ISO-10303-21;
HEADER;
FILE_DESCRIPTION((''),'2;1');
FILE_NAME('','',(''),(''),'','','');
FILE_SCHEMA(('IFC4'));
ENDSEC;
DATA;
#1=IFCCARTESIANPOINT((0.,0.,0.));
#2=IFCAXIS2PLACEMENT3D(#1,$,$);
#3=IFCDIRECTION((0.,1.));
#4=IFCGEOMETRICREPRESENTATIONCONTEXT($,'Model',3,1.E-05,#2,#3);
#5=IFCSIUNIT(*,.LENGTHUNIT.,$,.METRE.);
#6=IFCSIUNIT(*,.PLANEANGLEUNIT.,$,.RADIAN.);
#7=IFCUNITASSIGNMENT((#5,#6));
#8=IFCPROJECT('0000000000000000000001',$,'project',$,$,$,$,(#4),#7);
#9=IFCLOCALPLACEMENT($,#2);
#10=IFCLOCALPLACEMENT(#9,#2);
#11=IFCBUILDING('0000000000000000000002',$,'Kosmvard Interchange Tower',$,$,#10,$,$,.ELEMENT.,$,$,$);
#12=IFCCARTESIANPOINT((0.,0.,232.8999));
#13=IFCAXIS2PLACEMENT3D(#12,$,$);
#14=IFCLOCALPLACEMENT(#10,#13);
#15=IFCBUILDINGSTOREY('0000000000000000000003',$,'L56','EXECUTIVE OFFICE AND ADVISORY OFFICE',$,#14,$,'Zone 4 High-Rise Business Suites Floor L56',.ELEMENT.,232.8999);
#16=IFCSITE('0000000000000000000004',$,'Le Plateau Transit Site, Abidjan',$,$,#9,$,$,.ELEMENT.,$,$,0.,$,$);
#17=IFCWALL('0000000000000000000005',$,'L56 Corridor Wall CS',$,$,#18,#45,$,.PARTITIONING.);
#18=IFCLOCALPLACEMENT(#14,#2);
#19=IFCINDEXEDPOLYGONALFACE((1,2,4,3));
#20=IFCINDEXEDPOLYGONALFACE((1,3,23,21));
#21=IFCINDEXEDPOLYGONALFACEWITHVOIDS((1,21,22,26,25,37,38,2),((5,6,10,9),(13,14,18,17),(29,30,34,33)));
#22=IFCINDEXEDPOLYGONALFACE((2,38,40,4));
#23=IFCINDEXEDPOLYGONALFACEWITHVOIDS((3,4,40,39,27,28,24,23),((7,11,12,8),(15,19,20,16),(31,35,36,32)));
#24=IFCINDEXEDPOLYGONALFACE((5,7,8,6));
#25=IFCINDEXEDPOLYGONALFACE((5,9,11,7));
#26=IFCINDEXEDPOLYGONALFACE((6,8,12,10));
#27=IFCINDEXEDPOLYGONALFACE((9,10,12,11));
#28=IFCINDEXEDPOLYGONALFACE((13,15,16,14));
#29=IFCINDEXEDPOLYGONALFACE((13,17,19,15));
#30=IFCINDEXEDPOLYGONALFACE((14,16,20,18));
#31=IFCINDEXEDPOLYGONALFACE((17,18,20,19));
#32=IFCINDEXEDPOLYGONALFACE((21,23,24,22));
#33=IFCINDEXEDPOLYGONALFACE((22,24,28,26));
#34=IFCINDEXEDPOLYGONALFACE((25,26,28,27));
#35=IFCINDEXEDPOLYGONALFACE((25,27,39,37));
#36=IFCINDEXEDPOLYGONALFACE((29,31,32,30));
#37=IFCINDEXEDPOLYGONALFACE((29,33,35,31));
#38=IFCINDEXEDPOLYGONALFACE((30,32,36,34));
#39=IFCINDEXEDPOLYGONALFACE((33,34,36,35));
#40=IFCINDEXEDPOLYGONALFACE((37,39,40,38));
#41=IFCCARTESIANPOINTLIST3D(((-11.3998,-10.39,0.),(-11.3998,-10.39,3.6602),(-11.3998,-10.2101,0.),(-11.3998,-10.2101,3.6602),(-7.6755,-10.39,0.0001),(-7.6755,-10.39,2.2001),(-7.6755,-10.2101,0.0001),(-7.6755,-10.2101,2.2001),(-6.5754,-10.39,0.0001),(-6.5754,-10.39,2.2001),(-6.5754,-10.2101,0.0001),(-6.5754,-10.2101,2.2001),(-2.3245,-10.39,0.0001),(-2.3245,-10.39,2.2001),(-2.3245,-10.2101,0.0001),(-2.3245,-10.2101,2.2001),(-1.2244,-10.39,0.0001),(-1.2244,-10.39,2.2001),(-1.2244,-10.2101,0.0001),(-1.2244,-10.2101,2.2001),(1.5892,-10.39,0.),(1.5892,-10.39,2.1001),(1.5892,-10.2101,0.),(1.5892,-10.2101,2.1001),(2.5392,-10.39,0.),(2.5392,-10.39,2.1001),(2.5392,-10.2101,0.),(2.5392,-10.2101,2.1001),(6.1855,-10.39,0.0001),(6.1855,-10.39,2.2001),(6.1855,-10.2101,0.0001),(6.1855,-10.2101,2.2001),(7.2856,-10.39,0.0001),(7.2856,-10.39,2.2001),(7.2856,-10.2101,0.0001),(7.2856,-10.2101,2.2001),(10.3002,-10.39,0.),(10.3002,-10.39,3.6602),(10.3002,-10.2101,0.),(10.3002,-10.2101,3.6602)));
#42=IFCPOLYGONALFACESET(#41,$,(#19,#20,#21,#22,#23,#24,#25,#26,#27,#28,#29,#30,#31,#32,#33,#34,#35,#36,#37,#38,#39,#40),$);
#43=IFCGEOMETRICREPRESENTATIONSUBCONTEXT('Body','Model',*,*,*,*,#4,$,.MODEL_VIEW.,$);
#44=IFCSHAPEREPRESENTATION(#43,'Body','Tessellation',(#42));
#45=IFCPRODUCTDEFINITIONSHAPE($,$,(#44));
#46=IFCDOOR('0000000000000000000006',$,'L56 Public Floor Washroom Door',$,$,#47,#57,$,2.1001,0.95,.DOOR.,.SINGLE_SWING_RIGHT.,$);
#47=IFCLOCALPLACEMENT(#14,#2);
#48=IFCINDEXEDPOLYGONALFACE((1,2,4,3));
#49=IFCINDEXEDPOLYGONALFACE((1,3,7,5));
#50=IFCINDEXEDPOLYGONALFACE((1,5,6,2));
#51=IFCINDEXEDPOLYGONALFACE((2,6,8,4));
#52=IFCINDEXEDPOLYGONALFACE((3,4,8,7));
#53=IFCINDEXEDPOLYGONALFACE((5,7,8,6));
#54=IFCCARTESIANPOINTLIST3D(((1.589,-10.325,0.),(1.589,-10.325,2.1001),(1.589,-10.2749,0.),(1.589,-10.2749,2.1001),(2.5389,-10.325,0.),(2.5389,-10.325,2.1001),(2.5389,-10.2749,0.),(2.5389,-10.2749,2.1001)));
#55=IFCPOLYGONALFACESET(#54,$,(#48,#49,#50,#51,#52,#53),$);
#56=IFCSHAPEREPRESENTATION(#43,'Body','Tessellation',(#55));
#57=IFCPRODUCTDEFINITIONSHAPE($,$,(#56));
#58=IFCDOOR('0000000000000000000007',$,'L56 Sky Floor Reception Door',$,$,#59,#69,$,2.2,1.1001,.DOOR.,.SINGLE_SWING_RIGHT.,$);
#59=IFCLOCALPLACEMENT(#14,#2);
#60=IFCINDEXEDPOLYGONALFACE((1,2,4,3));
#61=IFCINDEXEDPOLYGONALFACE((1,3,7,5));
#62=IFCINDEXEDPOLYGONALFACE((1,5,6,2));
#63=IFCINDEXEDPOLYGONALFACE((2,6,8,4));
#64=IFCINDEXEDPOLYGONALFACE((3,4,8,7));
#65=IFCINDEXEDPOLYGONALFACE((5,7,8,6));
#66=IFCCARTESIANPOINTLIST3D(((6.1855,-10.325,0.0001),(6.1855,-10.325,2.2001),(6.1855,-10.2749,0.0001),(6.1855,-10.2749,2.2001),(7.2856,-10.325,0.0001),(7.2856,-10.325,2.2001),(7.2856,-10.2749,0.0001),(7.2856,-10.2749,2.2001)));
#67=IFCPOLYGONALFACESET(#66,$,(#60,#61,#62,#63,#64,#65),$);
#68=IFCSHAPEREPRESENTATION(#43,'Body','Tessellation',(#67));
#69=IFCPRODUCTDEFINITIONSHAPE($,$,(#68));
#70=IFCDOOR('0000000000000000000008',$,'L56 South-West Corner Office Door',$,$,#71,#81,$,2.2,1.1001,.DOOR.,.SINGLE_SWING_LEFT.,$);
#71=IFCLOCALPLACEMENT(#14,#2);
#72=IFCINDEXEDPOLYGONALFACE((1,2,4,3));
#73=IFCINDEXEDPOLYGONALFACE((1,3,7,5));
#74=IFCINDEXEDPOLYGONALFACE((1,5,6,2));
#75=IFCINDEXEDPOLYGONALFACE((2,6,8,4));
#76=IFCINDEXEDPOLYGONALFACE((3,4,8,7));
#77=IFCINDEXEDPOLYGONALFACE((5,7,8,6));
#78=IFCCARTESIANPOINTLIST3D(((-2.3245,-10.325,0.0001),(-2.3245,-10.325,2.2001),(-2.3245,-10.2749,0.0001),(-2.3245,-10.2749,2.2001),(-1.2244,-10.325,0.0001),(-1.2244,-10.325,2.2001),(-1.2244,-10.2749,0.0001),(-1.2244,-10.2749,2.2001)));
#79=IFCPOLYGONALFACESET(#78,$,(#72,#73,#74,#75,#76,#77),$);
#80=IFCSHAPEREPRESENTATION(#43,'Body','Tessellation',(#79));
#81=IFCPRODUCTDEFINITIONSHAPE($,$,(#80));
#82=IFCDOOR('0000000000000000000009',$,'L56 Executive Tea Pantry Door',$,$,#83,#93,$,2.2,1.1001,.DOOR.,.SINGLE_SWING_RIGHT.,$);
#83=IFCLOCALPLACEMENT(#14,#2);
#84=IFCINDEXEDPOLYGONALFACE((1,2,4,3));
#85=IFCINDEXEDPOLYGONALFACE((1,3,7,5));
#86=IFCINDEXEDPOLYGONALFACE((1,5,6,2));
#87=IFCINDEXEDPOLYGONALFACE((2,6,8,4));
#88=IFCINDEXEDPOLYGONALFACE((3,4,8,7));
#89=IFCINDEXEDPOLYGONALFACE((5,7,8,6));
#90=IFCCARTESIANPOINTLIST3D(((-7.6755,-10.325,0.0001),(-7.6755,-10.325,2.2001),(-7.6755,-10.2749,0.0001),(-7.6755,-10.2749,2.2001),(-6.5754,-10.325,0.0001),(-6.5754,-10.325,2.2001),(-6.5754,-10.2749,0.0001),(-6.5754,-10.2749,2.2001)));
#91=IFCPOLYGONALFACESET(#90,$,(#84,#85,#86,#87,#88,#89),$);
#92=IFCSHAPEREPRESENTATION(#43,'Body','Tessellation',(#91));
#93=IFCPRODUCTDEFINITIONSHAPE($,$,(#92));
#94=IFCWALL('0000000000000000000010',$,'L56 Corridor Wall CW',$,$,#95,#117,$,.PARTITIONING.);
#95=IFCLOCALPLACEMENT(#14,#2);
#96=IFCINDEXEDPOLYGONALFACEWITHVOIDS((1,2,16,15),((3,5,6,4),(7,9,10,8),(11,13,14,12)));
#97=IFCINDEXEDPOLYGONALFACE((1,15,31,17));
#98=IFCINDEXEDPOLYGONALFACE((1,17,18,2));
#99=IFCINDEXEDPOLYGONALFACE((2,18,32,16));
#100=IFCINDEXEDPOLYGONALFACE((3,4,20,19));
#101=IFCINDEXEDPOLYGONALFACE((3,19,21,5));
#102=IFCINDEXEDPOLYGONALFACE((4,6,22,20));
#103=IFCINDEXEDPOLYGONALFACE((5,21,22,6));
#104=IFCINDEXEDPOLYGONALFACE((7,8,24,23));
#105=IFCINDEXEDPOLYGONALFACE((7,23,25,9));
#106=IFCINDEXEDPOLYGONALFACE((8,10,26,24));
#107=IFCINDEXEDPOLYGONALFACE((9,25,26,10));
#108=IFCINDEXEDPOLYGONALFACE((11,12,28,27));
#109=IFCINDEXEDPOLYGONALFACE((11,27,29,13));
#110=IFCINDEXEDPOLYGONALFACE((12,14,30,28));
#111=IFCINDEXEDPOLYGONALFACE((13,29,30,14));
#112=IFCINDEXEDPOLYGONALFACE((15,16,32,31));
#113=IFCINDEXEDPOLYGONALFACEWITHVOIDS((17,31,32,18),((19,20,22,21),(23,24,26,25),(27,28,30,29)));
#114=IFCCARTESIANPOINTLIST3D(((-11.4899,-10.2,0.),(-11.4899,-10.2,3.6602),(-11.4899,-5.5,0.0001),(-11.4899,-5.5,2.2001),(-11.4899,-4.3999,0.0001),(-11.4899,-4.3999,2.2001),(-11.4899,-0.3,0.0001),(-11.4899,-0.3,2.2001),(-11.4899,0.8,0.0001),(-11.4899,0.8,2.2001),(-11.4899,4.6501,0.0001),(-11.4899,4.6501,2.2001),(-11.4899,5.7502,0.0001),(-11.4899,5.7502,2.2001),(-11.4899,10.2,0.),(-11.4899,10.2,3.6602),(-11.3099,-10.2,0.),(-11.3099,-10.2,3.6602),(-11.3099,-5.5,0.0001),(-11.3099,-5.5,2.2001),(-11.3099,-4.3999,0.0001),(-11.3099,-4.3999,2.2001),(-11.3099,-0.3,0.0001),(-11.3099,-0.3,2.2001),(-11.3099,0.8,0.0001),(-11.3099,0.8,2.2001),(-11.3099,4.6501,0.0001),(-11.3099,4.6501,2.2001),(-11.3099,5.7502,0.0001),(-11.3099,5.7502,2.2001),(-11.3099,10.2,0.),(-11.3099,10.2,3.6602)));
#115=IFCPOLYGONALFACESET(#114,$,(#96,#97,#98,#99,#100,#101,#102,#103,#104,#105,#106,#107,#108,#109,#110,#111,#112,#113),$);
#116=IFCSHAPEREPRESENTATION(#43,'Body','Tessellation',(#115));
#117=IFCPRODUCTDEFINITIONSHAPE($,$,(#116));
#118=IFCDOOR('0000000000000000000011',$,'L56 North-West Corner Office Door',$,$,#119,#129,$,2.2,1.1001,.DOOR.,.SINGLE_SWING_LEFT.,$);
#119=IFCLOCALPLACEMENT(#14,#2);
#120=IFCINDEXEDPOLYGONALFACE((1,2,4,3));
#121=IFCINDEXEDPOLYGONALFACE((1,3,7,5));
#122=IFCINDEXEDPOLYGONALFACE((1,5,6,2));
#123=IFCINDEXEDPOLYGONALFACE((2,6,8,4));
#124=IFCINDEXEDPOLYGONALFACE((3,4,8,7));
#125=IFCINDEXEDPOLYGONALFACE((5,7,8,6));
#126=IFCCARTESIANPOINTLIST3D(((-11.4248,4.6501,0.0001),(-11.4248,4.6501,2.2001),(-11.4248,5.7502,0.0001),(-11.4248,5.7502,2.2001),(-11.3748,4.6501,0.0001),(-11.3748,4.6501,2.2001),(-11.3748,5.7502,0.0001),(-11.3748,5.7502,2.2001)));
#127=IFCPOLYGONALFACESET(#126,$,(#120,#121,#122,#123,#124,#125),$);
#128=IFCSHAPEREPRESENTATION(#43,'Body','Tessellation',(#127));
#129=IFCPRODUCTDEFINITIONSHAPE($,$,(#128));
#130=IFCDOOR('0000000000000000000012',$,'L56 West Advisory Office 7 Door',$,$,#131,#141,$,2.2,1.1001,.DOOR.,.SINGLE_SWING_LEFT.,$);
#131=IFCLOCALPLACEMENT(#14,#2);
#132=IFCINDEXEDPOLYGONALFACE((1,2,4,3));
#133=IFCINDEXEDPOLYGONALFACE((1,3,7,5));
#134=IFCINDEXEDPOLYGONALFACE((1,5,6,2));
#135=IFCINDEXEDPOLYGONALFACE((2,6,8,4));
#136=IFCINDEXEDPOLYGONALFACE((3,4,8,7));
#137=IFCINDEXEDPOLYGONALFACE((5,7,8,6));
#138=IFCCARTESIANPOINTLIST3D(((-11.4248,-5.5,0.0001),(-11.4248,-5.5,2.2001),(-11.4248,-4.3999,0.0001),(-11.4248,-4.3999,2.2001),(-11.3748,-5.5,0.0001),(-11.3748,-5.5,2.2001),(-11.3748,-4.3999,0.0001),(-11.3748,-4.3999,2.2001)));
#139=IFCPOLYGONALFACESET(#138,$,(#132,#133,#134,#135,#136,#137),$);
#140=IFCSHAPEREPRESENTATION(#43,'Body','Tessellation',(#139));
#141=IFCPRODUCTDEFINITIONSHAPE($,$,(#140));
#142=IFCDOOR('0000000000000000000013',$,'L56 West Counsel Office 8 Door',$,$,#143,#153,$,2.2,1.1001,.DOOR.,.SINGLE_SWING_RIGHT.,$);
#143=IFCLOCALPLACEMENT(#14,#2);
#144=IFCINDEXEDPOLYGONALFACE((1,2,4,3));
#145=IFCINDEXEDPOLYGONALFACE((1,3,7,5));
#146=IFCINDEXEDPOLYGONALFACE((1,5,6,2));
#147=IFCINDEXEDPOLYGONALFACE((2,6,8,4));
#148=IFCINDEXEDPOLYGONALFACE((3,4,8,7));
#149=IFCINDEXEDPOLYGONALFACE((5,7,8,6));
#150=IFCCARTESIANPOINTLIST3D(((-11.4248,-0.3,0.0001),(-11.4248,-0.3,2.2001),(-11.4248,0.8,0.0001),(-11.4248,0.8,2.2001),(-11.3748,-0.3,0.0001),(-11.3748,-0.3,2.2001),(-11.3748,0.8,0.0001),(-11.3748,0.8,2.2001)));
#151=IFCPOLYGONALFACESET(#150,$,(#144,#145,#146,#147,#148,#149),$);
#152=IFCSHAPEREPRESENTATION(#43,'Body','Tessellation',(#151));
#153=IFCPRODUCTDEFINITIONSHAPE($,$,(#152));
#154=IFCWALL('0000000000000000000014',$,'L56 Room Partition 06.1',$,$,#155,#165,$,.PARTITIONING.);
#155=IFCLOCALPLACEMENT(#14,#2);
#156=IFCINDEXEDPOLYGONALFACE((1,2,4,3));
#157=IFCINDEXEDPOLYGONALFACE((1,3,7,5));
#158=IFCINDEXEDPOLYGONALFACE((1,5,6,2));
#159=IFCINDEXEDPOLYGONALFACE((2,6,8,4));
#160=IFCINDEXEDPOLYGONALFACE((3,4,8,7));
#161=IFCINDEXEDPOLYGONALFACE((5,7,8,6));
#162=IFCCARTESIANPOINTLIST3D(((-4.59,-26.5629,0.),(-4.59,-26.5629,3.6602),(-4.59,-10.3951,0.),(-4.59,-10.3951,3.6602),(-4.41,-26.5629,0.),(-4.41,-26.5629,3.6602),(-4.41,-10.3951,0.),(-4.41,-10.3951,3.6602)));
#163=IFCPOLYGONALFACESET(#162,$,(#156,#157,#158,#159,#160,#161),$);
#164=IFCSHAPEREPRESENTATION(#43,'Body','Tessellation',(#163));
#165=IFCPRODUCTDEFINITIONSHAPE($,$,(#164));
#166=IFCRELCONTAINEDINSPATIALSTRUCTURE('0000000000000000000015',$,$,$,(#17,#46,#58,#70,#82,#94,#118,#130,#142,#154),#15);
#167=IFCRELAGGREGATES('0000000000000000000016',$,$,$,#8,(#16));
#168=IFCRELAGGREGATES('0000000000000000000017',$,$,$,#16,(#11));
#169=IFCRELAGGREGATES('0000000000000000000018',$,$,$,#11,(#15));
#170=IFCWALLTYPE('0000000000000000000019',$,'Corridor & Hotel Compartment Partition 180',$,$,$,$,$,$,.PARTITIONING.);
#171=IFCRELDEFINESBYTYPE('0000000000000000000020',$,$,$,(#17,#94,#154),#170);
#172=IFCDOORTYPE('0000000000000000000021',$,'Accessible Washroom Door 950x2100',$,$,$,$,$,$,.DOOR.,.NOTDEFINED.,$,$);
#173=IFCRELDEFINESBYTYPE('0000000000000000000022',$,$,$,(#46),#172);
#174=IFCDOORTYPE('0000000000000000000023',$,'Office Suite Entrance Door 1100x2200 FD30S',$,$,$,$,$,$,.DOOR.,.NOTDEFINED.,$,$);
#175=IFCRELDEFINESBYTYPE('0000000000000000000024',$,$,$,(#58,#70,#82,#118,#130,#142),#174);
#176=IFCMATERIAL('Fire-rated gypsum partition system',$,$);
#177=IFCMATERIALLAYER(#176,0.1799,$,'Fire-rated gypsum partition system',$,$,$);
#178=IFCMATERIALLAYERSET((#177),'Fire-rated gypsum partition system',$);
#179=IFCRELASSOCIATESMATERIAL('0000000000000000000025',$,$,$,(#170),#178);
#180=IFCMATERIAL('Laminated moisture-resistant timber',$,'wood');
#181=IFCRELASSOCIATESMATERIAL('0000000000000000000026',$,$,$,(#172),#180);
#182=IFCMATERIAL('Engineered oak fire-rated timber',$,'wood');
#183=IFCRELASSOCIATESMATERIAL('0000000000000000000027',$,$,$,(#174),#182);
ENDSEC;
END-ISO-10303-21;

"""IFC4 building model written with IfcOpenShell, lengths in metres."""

from ifc_helpers import new_model, si_unit, direction, frame, frame_2d, origin, place, context, subcontext, project, spatial, rectangle, extrude, source, transform, mapped, material, layer, layer_set, type_object, element, fill, save


model = new_model("IFC4")

# Units and contexts
model_context = context("Model", 3, precision=1e-05, world=origin(), true_north=direction((0.0, 1.0)))
body_context = subcontext(model_context, "Body", "Model", "MODEL_VIEW")
ifc_project = project(units=[si_unit("LENGTHUNIT", "METRE"), si_unit("PLANEANGLEUNIT", "RADIAN")], contexts=[model_context])

# Site, building, storey
site_placement = place(None, origin())
site = spatial("IfcSite", under=ifc_project, at=site_placement, Name="Le Plateau Transit Site, Abidjan", CompositionType="ELEMENT", RefElevation=0.0)
building_placement = place(site_placement, origin())
building = spatial("IfcBuilding", under=site, at=building_placement, Name="Kosmvard Interchange Tower", CompositionType="ELEMENT")
storey_placement = place(building_placement, frame((0.0, 0.0, 232.8999)))
storey = spatial("IfcBuildingStorey", under=building, at=storey_placement, Name="L56", Description="EXECUTIVE OFFICE AND ADVISORY OFFICE", LongName="Zone 4 High-Rise Business Suites Floor L56", CompositionType="ELEMENT", Elevation=232.8999)

# Walls, openings, doors
ifc_material_1 = material(Name="Fire-rated gypsum partition system")
ifc_layer_1 = layer(ifc_material_1, 0.1799, Name="Fire-rated gypsum partition system")
ifc_layer_set_1 = layer_set([ifc_layer_1], Name="Fire-rated gypsum partition system")
wall_type_1 = type_object("IfcWallType", Name="Corridor & Hotel Compartment Partition 180", PredefinedType="PARTITIONING", material=ifc_layer_set_1)
wall_1_placement = place(storey_placement, frame((-11.3999, -10.3, 0.0), z_axis=(0.0, 0.0, 1.0), x_axis=(1.0, 0.0, 0.0)))
wall_1 = element("IfcWall", 1, at=wall_1_placement, inside=storey, type_object=wall_type_1, Name="L56 Corridor Wall CS", PredefinedType="PARTITIONING", context=body_context, shape_type="SweptSolid", body=[
    extrude(rectangle(XDim=21.7, YDim=0.1799, at=frame_2d((10.8501, 0.0))), origin(), (0.0, 0.0, 1.0), 3.6602),
])
opening_1_placement = place(wall_1_placement, frame((12.989, 0.0, 0.0)))
opening_1 = element("IfcOpeningElement", 2, at=opening_1_placement, cuts=wall_1, PredefinedType="OPENING", context=body_context, shape_type="SweptSolid", body=[
    extrude(rectangle(XDim=0.95, YDim=2.1001, at=frame_2d((0.4751, 1.05))), frame((0.0, 0.1001, 0.0), z_axis=(0.0, -1.0, 0.0), x_axis=(1.0, 0.0, 0.0)), (0.0, 0.0, 1.0), 0.2),
])
opening_2_placement = place(wall_1_placement, frame((17.5854, 0.0, 0.0)))
opening_2 = element("IfcOpeningElement", 3, at=opening_2_placement, cuts=wall_1, PredefinedType="OPENING", context=body_context, shape_type="SweptSolid", body=[
    extrude(rectangle(XDim=1.1001, YDim=2.2, at=frame_2d((0.55, 1.1001))), frame((0.0, 0.1001, 0.0), z_axis=(0.0, -1.0, 0.0), x_axis=(1.0, 0.0, 0.0)), (0.0, 0.0, 1.0), 0.2),
])
opening_3_placement = place(wall_1_placement, frame((9.0754, 0.0, 0.0)))
opening_3 = element("IfcOpeningElement", 4, at=opening_3_placement, cuts=wall_1, PredefinedType="OPENING", context=body_context, shape_type="SweptSolid", body=[
    extrude(rectangle(XDim=1.1001, YDim=2.2, at=frame_2d((0.55, 1.1001))), frame((0.0, 0.1001, 0.0), z_axis=(0.0, -1.0, 0.0), x_axis=(1.0, 0.0, 0.0)), (0.0, 0.0, 1.0), 0.2),
])
opening_4_placement = place(wall_1_placement, frame((3.7244, 0.0, 0.0)))
opening_4 = element("IfcOpeningElement", 5, at=opening_4_placement, cuts=wall_1, PredefinedType="OPENING", context=body_context, shape_type="SweptSolid", body=[
    extrude(rectangle(XDim=1.1001, YDim=2.2, at=frame_2d((0.55, 1.1001))), frame((0.0, 0.1001, 0.0), z_axis=(0.0, -1.0, 0.0), x_axis=(1.0, 0.0, 0.0)), (0.0, 0.0, 1.0), 0.2),
])
ifc_material_2 = material(Name="Laminated moisture-resistant timber", Category="wood")
door_type_1 = type_object("IfcDoorType", Name="Accessible Washroom Door 950x2100", OperationType="NOTDEFINED", PredefinedType="DOOR", material=ifc_material_2)
shared_shape_1 = source(origin(), body_context, "Body", "SweptSolid", [
    extrude(rectangle(XDim=0.95, YDim=2.1001, at=frame_2d((0.4751, 1.05))), frame((0.0, 0.0249, 0.0), z_axis=(0.0, -1.0, 0.0), x_axis=(1.0, 0.0, 0.0)), (0.0, 0.0, 1.0), 0.05),
])
door_1_placement = place(opening_1_placement, frame((0.95, 0.0, 0.0), z_axis=(0.0, 0.0, 1.0), x_axis=(-1.0, 0.0, 0.0)))
door_1 = element("IfcDoor", 6, at=door_1_placement, inside=storey, type_object=door_type_1, Name="L56 Public Floor Washroom Door", OperationType="SINGLE_SWING_RIGHT", OverallHeight=2.1001, OverallWidth=0.95, PredefinedType="DOOR", context=body_context, shape_type="MappedRepresentation", body=[
    mapped(shared_shape_1, transform((0.0, 0.0, 0.0), scale=1.0)),
])
fill(opening_1, door_1)
ifc_material_3 = material(Name="Engineered oak fire-rated timber", Category="wood")
door_type_2 = type_object("IfcDoorType", Name="Office Suite Entrance Door 1100x2200 FD30S", OperationType="NOTDEFINED", PredefinedType="DOOR", material=ifc_material_3)
shared_shape_2 = source(origin(), body_context, "Body", "SweptSolid", [
    extrude(rectangle(XDim=1.1001, YDim=2.2, at=frame_2d((0.55, 1.1001))), frame((0.0, 0.0249, 0.0), z_axis=(0.0, -1.0, 0.0), x_axis=(1.0, 0.0, 0.0)), (0.0, 0.0, 1.0), 0.05),
])
door_2_placement = place(opening_2_placement, frame((1.1001, 0.0, 0.0), z_axis=(0.0, 0.0, 1.0), x_axis=(-1.0, 0.0, 0.0)))
door_2 = element("IfcDoor", 7, at=door_2_placement, inside=storey, type_object=door_type_2, Name="L56 Sky Floor Reception Door", OperationType="SINGLE_SWING_RIGHT", OverallHeight=2.2, OverallWidth=1.1001, PredefinedType="DOOR", context=body_context, shape_type="MappedRepresentation", body=[
    mapped(shared_shape_2, transform((0.0, 0.0, 0.0), scale=1.0)),
])
fill(opening_2, door_2)
door_3_placement = place(opening_3_placement, frame((1.1001, 0.0, 0.0), z_axis=(0.0, 0.0, 1.0), x_axis=(-1.0, 0.0, 0.0)))
door_3 = element("IfcDoor", 8, at=door_3_placement, inside=storey, type_object=door_type_2, Name="L56 South-West Corner Office Door", OperationType="SINGLE_SWING_LEFT", OverallHeight=2.2, OverallWidth=1.1001, PredefinedType="DOOR", context=body_context, shape_type="MappedRepresentation", body=[
    mapped(shared_shape_2, transform((0.0, 0.0, 0.0), scale=1.0)),
])
fill(opening_3, door_3)
door_4_placement = place(opening_4_placement, frame((1.1001, 0.0, 0.0), z_axis=(0.0, 0.0, 1.0), x_axis=(-1.0, 0.0, 0.0)))
door_4 = element("IfcDoor", 9, at=door_4_placement, inside=storey, type_object=door_type_2, Name="L56 Executive Tea Pantry Door", OperationType="SINGLE_SWING_RIGHT", OverallHeight=2.2, OverallWidth=1.1001, PredefinedType="DOOR", context=body_context, shape_type="MappedRepresentation", body=[
    mapped(shared_shape_2, transform((0.0, 0.0, 0.0), scale=1.0)),
])
fill(opening_4, door_4)
wall_2_placement = place(storey_placement, frame((-11.3999, -10.2, 0.0), z_axis=(0.0, 0.0, 1.0), x_axis=(0.0, 1.0, 0.0)))
wall_2 = element("IfcWall", 10, at=wall_2_placement, inside=storey, type_object=wall_type_1, Name="L56 Corridor Wall CW", PredefinedType="PARTITIONING", context=body_context, shape_type="SweptSolid", body=[
    extrude(rectangle(XDim=20.3999, YDim=0.1799, at=frame_2d((10.2, 0.0))), origin(), (0.0, 0.0, 1.0), 3.6602),
])
opening_5_placement = place(wall_2_placement, frame((14.8501, 0.0, 0.0)))
opening_5 = element("IfcOpeningElement", 11, at=opening_5_placement, cuts=wall_2, PredefinedType="OPENING", context=body_context, shape_type="SweptSolid", body=[
    extrude(rectangle(XDim=1.1001, YDim=2.2, at=frame_2d((0.55, 1.1001))), frame((0.0, 0.1001, 0.0), z_axis=(0.0, -1.0, 0.0), x_axis=(1.0, 0.0, 0.0)), (0.0, 0.0, 1.0), 0.2),
])
opening_6_placement = place(wall_2_placement, frame((4.7, 0.0, 0.0)))
opening_6 = element("IfcOpeningElement", 12, at=opening_6_placement, cuts=wall_2, PredefinedType="OPENING", context=body_context, shape_type="SweptSolid", body=[
    extrude(rectangle(XDim=1.1001, YDim=2.2, at=frame_2d((0.55, 1.1001))), frame((0.0, 0.1001, 0.0), z_axis=(0.0, -1.0, 0.0), x_axis=(1.0, 0.0, 0.0)), (0.0, 0.0, 1.0), 0.2),
])
opening_7_placement = place(wall_2_placement, frame((9.8999, 0.0, 0.0)))
opening_7 = element("IfcOpeningElement", 13, at=opening_7_placement, cuts=wall_2, PredefinedType="OPENING", context=body_context, shape_type="SweptSolid", body=[
    extrude(rectangle(XDim=1.1001, YDim=2.2, at=frame_2d((0.55, 1.1001))), frame((0.0, 0.1001, 0.0), z_axis=(0.0, -1.0, 0.0), x_axis=(1.0, 0.0, 0.0)), (0.0, 0.0, 1.0), 0.2),
])
door_5_placement = place(opening_5_placement, origin())
door_5 = element("IfcDoor", 14, at=door_5_placement, inside=storey, type_object=door_type_2, Name="L56 North-West Corner Office Door", OperationType="SINGLE_SWING_LEFT", OverallHeight=2.2, OverallWidth=1.1001, PredefinedType="DOOR", context=body_context, shape_type="MappedRepresentation", body=[
    mapped(shared_shape_2, transform((0.0, 0.0, 0.0), scale=1.0)),
])
fill(opening_5, door_5)
door_6_placement = place(opening_6_placement, origin())
door_6 = element("IfcDoor", 15, at=door_6_placement, inside=storey, type_object=door_type_2, Name="L56 West Advisory Office 7 Door", OperationType="SINGLE_SWING_LEFT", OverallHeight=2.2, OverallWidth=1.1001, PredefinedType="DOOR", context=body_context, shape_type="MappedRepresentation", body=[
    mapped(shared_shape_2, transform((0.0, 0.0, 0.0), scale=1.0)),
])
fill(opening_6, door_6)
door_7_placement = place(opening_7_placement, origin())
door_7 = element("IfcDoor", 16, at=door_7_placement, inside=storey, type_object=door_type_2, Name="L56 West Counsel Office 8 Door", OperationType="SINGLE_SWING_RIGHT", OverallHeight=2.2, OverallWidth=1.1001, PredefinedType="DOOR", context=body_context, shape_type="MappedRepresentation", body=[
    mapped(shared_shape_2, transform((0.0, 0.0, 0.0), scale=1.0)),
])
fill(opening_7, door_7)

# Wall
wall_3_placement = place(storey_placement, frame((-4.5, -10.395, 0.0), z_axis=(0.0, 0.0, 1.0), x_axis=(0.0, -1.0, 0.0)))
element("IfcWall", 17, at=wall_3_placement, inside=storey, type_object=wall_type_1, Name="L56 Room Partition 06.1", PredefinedType="PARTITIONING", context=body_context, shape_type="SweptSolid", body=[
    extrude(rectangle(XDim=16.1677, YDim=0.1799, at=frame_2d((8.084, 0.0))), origin(), (0.0, 0.0, 1.0), 3.6602),
])

save(model, "model.ifc")
